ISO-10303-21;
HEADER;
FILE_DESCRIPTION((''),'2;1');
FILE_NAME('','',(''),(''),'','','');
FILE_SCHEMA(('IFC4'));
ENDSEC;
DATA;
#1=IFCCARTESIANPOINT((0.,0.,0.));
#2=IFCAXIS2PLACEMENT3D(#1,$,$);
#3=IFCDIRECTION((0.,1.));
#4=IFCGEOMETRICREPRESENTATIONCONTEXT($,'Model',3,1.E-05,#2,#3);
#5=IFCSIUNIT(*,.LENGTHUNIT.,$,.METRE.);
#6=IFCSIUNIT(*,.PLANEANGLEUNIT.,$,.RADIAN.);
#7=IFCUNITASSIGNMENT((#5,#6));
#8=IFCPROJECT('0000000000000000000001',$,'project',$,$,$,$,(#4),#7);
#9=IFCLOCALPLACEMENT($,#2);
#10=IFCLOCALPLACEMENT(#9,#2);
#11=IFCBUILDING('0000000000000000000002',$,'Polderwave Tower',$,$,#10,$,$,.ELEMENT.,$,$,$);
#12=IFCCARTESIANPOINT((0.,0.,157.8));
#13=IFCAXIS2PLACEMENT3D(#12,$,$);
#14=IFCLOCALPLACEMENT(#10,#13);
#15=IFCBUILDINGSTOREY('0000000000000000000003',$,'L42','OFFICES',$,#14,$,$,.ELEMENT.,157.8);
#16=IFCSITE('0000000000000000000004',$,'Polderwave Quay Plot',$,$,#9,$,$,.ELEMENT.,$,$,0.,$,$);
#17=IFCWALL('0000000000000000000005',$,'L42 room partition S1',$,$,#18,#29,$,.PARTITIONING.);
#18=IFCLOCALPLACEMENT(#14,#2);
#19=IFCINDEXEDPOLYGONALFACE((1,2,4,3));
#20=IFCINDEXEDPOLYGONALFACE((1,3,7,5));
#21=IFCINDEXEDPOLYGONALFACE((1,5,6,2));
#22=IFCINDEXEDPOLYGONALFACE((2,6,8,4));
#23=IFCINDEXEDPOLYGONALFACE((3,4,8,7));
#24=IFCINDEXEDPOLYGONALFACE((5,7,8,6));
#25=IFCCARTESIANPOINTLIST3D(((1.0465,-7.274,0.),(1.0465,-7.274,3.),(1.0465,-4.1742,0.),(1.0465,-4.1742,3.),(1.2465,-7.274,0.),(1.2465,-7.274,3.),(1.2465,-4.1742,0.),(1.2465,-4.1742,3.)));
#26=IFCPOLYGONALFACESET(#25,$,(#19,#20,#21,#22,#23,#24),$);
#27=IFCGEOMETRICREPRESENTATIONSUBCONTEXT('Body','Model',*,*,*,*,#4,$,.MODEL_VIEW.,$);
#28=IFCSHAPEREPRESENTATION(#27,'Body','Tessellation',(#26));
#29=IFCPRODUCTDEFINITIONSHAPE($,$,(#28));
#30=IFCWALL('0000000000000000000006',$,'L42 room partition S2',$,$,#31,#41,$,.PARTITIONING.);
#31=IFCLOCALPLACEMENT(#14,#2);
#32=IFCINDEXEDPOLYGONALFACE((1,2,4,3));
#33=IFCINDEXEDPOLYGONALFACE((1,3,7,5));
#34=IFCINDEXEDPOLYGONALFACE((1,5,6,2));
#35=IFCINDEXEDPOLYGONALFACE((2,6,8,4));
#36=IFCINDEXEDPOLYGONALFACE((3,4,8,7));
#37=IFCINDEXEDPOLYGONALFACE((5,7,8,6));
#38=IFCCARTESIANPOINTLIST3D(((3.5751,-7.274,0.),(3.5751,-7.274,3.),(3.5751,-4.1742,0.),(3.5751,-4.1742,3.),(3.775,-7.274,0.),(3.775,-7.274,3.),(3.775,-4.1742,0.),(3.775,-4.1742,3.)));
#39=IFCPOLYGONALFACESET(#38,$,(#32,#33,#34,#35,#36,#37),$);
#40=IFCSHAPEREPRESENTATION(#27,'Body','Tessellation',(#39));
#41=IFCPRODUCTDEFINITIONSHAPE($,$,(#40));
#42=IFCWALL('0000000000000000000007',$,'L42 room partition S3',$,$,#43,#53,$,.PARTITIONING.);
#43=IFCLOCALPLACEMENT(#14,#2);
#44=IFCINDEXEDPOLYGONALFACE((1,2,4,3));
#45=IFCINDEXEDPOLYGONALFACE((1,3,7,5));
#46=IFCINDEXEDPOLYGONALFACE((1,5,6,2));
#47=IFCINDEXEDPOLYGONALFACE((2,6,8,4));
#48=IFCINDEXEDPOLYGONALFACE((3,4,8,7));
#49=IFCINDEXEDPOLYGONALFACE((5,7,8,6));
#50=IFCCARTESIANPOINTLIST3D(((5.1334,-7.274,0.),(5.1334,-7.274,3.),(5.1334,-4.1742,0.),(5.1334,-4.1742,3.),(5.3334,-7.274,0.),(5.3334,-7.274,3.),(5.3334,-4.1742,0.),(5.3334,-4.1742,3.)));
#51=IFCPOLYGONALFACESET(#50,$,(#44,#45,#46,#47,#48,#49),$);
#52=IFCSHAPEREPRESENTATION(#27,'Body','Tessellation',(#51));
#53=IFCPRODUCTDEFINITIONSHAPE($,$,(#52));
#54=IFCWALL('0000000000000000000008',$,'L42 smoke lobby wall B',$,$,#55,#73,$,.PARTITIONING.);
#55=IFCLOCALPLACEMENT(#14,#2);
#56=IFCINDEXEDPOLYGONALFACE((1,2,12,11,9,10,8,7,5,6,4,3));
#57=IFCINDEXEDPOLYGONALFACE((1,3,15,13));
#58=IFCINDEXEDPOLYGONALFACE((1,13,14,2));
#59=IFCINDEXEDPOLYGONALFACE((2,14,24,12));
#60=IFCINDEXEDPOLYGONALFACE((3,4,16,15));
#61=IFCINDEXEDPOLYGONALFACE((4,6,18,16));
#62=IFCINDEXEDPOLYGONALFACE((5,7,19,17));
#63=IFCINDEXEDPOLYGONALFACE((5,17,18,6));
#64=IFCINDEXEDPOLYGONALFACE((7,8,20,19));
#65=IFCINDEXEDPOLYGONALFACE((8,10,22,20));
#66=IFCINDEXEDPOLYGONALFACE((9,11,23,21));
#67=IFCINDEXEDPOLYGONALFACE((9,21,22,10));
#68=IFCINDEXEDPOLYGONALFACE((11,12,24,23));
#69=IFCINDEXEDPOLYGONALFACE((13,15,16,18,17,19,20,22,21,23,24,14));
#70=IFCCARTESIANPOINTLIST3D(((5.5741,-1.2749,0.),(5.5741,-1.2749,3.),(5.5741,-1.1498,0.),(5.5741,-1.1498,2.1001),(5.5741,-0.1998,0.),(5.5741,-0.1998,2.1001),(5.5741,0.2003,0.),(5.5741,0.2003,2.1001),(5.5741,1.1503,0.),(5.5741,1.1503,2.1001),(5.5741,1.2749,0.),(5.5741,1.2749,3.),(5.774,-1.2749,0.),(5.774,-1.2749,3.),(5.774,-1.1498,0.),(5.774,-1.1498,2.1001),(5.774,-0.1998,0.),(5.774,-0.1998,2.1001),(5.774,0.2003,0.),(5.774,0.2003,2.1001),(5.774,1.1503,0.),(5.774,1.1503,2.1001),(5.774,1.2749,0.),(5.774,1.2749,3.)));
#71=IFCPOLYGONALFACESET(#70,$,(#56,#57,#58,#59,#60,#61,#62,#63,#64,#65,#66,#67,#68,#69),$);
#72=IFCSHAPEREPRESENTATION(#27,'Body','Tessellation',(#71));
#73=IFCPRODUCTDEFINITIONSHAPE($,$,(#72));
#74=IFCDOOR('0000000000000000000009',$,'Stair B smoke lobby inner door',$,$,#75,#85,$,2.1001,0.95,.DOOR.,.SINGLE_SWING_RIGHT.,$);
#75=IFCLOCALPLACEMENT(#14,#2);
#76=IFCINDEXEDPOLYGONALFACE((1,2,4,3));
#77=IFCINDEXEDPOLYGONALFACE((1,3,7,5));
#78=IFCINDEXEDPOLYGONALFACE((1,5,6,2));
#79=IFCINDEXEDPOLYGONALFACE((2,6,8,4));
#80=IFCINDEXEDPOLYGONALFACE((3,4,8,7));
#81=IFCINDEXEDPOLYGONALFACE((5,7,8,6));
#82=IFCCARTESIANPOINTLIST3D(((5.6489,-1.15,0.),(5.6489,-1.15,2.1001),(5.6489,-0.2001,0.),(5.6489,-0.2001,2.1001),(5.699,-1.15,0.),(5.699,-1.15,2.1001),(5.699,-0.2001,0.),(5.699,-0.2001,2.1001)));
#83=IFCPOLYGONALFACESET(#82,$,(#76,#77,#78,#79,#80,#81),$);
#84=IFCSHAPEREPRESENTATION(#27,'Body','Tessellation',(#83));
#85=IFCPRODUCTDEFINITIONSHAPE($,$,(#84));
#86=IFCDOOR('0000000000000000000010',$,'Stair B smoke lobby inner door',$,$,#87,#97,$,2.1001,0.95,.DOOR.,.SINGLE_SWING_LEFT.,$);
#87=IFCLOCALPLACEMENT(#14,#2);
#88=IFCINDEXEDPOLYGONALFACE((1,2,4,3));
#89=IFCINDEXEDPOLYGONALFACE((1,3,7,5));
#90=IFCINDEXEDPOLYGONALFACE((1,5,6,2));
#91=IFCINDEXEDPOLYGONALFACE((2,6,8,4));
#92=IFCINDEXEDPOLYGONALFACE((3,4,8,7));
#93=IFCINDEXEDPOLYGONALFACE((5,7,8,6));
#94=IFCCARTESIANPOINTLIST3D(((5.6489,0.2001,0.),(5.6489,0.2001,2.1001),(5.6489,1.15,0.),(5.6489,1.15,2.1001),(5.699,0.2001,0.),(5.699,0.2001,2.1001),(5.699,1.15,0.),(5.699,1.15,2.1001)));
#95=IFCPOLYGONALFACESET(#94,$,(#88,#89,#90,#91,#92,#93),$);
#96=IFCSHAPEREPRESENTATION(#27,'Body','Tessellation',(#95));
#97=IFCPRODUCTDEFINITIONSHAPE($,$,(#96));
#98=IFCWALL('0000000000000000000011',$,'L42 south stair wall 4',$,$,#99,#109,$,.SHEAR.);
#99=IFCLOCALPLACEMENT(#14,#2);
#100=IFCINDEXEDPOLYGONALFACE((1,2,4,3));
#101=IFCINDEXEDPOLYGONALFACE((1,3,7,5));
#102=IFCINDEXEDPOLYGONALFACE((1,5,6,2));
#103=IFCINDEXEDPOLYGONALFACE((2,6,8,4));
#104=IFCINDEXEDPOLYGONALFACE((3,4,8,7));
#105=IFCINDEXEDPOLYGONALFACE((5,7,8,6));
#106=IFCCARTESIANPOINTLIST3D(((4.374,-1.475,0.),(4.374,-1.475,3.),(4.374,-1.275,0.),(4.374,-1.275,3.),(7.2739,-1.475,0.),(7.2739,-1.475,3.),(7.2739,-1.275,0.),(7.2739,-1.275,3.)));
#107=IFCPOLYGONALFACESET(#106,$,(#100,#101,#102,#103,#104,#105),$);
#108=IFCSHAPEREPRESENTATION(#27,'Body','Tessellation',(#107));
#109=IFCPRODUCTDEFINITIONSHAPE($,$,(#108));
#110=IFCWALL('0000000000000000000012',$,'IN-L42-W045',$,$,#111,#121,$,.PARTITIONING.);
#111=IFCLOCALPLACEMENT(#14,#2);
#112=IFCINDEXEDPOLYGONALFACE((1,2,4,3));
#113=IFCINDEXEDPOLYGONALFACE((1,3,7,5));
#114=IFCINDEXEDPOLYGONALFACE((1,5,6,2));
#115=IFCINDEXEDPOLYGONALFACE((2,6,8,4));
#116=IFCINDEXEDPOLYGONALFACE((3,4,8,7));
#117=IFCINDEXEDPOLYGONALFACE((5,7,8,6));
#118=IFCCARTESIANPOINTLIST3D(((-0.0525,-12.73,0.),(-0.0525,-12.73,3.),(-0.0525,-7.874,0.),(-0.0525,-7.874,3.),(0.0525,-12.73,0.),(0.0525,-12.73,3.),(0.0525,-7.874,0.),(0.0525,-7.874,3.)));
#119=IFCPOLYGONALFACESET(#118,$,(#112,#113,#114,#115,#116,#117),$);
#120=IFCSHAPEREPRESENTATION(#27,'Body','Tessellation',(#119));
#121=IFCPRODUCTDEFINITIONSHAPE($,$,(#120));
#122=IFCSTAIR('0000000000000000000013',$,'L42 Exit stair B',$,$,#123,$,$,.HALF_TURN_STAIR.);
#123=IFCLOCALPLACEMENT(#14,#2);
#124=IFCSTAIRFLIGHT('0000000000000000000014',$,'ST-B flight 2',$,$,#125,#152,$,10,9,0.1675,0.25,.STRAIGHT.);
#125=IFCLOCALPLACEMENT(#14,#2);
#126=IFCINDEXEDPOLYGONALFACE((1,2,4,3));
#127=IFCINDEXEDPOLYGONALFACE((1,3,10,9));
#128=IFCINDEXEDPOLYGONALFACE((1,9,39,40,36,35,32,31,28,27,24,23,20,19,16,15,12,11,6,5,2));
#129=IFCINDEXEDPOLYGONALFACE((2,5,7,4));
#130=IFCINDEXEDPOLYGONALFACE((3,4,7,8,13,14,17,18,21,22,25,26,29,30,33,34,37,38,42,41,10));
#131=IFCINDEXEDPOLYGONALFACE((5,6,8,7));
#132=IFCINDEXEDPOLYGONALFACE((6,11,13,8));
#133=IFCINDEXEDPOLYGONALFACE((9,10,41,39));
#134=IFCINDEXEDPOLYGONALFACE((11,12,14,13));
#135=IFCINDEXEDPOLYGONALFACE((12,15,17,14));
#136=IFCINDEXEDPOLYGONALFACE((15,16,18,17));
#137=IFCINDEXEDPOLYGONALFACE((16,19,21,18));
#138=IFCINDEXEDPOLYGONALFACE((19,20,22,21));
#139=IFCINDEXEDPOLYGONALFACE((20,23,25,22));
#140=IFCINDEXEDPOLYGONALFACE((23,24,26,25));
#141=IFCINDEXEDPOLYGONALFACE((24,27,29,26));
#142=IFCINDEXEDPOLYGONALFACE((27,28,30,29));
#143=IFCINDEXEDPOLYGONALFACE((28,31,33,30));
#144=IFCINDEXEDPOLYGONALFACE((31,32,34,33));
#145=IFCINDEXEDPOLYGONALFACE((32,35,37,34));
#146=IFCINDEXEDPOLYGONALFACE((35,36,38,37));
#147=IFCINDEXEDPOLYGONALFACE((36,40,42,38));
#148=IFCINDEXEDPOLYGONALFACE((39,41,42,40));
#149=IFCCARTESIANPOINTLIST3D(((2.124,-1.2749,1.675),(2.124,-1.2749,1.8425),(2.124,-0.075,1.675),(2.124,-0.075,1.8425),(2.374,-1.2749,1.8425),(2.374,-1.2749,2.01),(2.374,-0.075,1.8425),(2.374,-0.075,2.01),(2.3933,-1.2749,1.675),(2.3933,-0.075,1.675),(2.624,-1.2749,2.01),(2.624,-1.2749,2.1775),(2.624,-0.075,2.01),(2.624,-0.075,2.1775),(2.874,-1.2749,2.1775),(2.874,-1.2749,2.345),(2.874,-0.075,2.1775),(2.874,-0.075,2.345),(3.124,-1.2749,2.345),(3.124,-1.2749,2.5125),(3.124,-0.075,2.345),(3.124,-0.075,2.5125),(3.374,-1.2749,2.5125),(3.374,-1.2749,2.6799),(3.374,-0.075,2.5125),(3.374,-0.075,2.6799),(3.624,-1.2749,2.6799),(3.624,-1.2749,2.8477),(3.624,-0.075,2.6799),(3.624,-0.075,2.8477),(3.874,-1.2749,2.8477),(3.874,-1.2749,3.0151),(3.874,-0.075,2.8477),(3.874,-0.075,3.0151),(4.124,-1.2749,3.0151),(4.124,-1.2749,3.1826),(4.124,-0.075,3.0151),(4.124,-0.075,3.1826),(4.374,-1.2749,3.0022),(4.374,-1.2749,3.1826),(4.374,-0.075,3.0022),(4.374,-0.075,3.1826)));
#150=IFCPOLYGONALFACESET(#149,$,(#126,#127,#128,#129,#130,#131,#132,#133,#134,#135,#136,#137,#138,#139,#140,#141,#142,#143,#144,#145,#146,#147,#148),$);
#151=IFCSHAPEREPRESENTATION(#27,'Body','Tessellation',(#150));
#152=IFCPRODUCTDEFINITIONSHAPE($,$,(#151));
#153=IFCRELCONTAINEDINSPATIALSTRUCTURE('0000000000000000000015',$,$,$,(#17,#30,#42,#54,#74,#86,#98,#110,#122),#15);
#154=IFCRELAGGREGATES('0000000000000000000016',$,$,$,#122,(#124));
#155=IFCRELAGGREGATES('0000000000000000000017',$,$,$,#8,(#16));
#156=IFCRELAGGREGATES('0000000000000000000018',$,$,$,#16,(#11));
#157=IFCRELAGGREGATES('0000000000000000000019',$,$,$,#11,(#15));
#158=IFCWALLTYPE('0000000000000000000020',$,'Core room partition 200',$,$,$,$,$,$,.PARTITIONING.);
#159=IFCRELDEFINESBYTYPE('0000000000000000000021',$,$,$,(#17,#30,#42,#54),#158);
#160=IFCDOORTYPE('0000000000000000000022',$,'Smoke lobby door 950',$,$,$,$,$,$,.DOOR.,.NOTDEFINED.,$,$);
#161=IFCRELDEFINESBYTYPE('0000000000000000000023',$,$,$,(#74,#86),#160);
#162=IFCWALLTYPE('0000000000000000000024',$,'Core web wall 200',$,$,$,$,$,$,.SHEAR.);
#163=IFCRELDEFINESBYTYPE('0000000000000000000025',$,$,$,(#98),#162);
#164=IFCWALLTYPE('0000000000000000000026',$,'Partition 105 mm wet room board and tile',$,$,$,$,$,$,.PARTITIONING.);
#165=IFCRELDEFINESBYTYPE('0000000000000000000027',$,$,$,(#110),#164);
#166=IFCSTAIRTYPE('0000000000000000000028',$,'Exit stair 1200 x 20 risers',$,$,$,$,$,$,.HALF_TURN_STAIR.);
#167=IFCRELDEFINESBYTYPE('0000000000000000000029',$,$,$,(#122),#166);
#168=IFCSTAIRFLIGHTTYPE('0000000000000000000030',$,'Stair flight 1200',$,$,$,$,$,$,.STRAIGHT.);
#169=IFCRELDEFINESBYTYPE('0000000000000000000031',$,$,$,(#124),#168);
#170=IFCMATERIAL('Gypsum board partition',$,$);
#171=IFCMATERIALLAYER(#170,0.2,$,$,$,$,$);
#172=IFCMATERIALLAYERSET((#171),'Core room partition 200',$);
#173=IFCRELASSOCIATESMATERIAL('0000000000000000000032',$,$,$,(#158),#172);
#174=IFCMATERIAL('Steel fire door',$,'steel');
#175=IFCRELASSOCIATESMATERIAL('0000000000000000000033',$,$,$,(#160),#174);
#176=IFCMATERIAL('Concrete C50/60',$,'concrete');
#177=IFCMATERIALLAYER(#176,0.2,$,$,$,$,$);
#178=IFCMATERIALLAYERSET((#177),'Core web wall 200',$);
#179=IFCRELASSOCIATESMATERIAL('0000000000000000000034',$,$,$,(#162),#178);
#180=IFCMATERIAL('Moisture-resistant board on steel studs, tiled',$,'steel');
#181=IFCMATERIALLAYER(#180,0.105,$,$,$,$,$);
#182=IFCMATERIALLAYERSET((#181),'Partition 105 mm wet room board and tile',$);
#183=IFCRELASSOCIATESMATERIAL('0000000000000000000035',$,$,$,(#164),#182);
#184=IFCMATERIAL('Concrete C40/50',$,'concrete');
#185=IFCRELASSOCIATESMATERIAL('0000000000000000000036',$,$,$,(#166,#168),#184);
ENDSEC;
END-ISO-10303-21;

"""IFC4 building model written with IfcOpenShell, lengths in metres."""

from ifc_helpers import new_model, si_unit, direction, frame, frame_2d, origin, place, context, subcontext, project, spatial, polyline, rectangle, outline, extrude, material, layer, layer_set, type_object, element, fill, aggregate, save


model = new_model("IFC4")

# Units and contexts
model_context = context("Model", 3, precision=1e-05, world=origin(), true_north=direction((0.0, 1.0)))
body_context = subcontext(model_context, "Body", "Model", "MODEL_VIEW")
ifc_project = project(units=[si_unit("LENGTHUNIT", "METRE"), si_unit("PLANEANGLEUNIT", "RADIAN")], contexts=[model_context])

# Site, building, storey
site_placement = place(None, origin())
site = spatial("IfcSite", under=ifc_project, at=site_placement, Name="Polderwave Quay Plot", CompositionType="ELEMENT", RefElevation=0.0)
building_placement = place(site_placement, origin())
building = spatial("IfcBuilding", under=site, at=building_placement, Name="Polderwave Tower", CompositionType="ELEMENT")
storey_placement = place(building_placement, frame((0.0, 0.0, 157.8)))
storey = spatial("IfcBuildingStorey", under=building, at=storey_placement, Name="L42", Description="OFFICES", CompositionType="ELEMENT", Elevation=157.8)

# Walls
ifc_material_1 = material(Name="Gypsum board partition")
ifc_layer_1 = layer(ifc_material_1, 0.2)
ifc_layer_set_1 = layer_set([ifc_layer_1], Name="Core room partition 200")
wall_type_1 = type_object("IfcWallType", Name="Core room partition 200", PredefinedType="PARTITIONING", material=ifc_layer_set_1)
for number, where, z_axis, x_axis, name in (
    (1, (1.1465, -7.2739, 0.0), (0.0, 0.0, 1.0), (0.0, 1.0, 0.0), "L42 room partition S1"),
    (2, (3.675, -7.2739, 0.0), (0.0, 0.0, 1.0), (0.0, 1.0, 0.0), "L42 room partition S2"),
    (3, (5.2334, -7.2739, 0.0), (0.0, 0.0, 1.0), (0.0, 1.0, 0.0), "L42 room partition S3"),
):
    element("IfcWall", number, at=place(storey_placement, frame(where, z_axis=z_axis, x_axis=x_axis)), inside=storey, type_object=wall_type_1, Name=name, PredefinedType="PARTITIONING", context=body_context, shape_type="SweptSolid", body=[
        extrude(rectangle(XDim=3.0999, YDim=0.2, at=frame_2d((1.5498, 0.0))), origin(), (0.0, 0.0, 1.0), 3.0),
    ])

# Wall, openings, doors
wall_1_placement = place(storey_placement, frame((5.6741, -1.2749, 0.0), z_axis=(0.0, 0.0, 1.0), x_axis=(0.0, 1.0, 0.0)))
wall_1 = element("IfcWall", 4, at=wall_1_placement, inside=storey, type_object=wall_type_1, Name="L42 smoke lobby wall B", PredefinedType="PARTITIONING", context=body_context, shape_type="SweptSolid", body=[
    extrude(rectangle(XDim=2.5498, YDim=0.2, at=frame_2d((1.2749, 0.0))), origin(), (0.0, 0.0, 1.0), 3.0),
])
opening_1_placement = place(wall_1_placement, frame((0.125, 0.0, 0.0)))
opening_1 = element("IfcOpeningElement", 5, at=opening_1_placement, cuts=wall_1, PredefinedType="OPENING", context=body_context, shape_type="SweptSolid", body=[
    extrude(rectangle(XDim=0.95, YDim=2.1001, at=frame_2d((0.4751, 1.05))), frame((0.0, 0.1099, 0.0), z_axis=(0.0, -1.0, 0.0), x_axis=(1.0, 0.0, 0.0)), (0.0, 0.0, 1.0), 0.22),
])
opening_2_placement = place(wall_1_placement, frame((1.4751, 0.0, 0.0)))
opening_2 = element("IfcOpeningElement", 6, at=opening_2_placement, cuts=wall_1, PredefinedType="OPENING", context=body_context, shape_type="SweptSolid", body=[
    extrude(rectangle(XDim=0.95, YDim=2.1001, at=frame_2d((0.4751, 1.05))), frame((0.0, 0.1099, 0.0), z_axis=(0.0, -1.0, 0.0), x_axis=(1.0, 0.0, 0.0)), (0.0, 0.0, 1.0), 0.22),
])
ifc_material_2 = material(Name="Steel fire door", Category="steel")
door_type = type_object("IfcDoorType", Name="Smoke lobby door 950", OperationType="NOTDEFINED", PredefinedType="DOOR", material=ifc_material_2)
door_1_placement = place(opening_1_placement, frame((0.95, 0.0, 0.0), z_axis=(0.0, 0.0, 1.0), x_axis=(-1.0, 0.0, 0.0)))
door_1 = element("IfcDoor", 7, at=door_1_placement, inside=storey, type_object=door_type, Name="Stair B smoke lobby inner door", OperationType="SINGLE_SWING_RIGHT", OverallHeight=2.1001, OverallWidth=0.95, PredefinedType="DOOR", context=body_context, shape_type="SweptSolid", body=[
    extrude(rectangle(XDim=0.95, YDim=2.1001, at=frame_2d((0.4751, 1.05))), frame((0.0, 0.0249, 0.0), z_axis=(0.0, -1.0, 0.0), x_axis=(1.0, 0.0, 0.0)), (0.0, 0.0, 1.0), 0.05),
])
fill(opening_1, door_1)
door_2_placement = place(opening_2_placement, frame((0.95, 0.0, 0.0), z_axis=(0.0, 0.0, 1.0), x_axis=(-1.0, 0.0, 0.0)))
door_2 = element("IfcDoor", 8, at=door_2_placement, inside=storey, type_object=door_type, Name="Stair B smoke lobby inner door", OperationType="SINGLE_SWING_LEFT", OverallHeight=2.1001, OverallWidth=0.95, PredefinedType="DOOR", context=body_context, shape_type="SweptSolid", body=[
    extrude(rectangle(XDim=0.95, YDim=2.1001, at=frame_2d((0.4751, 1.05))), frame((0.0, 0.0249, 0.0), z_axis=(0.0, -1.0, 0.0), x_axis=(1.0, 0.0, 0.0)), (0.0, 0.0, 1.0), 0.05),
])
fill(opening_2, door_2)

# Walls
ifc_material_3 = material(Name="Concrete C50/60", Category="concrete")
ifc_layer_2 = layer(ifc_material_3, 0.2)
ifc_layer_set_2 = layer_set([ifc_layer_2], Name="Core web wall 200")
wall_type_2 = type_object("IfcWallType", Name="Core web wall 200", PredefinedType="SHEAR", material=ifc_layer_set_2)
wall_2_placement = place(storey_placement, frame((4.374, -1.375, 0.0), z_axis=(0.0, 0.0, 1.0), x_axis=(1.0, 0.0, 0.0)))
element("IfcWall", 9, at=wall_2_placement, inside=storey, type_object=wall_type_2, Name="L42 south stair wall 4", PredefinedType="SHEAR", context=body_context, shape_type="SweptSolid", body=[
    extrude(rectangle(XDim=2.8999, YDim=0.2, at=frame_2d((1.45, 0.0))), origin(), (0.0, 0.0, 1.0), 3.0),
])
ifc_material_4 = material(Name="Moisture-resistant board on steel studs, tiled", Category="steel")
ifc_layer_3 = layer(ifc_material_4, 0.105)
ifc_layer_set_3 = layer_set([ifc_layer_3], Name="Partition 105 mm wet room board and tile")
wall_type_3 = type_object("IfcWallType", Name="Partition 105 mm wet room board and tile", PredefinedType="PARTITIONING", material=ifc_layer_set_3)
wall_3_placement = place(storey_placement, frame((0.0, -7.874, 0.0), z_axis=(0.0, 0.0, 1.0), x_axis=(0.0, -1.0, 0.0)))
element("IfcWall", 10, at=wall_3_placement, inside=storey, type_object=wall_type_3, Name="IN-L42-W045", PredefinedType="PARTITIONING", context=body_context, shape_type="SweptSolid", body=[
    extrude(rectangle(XDim=4.856, YDim=0.105, at=frame_2d((2.428, 0.0))), origin(), (0.0, 0.0, 1.0), 3.0),
])

# Stair, stair flight
ifc_material_5 = material(Name="Concrete C40/50", Category="concrete")
stair_type = type_object("IfcStairType", Name="Exit stair 1200 x 20 risers", PredefinedType="HALF_TURN_STAIR", material=ifc_material_5)
stair_placement = place(storey_placement, origin())
stair = element("IfcStair", 11, at=stair_placement, inside=storey, type_object=stair_type, Name="L42 Exit stair B", PredefinedType="HALF_TURN_STAIR")
stair_flight_type = type_object("IfcStairFlightType", Name="Stair flight 1200", PredefinedType="STRAIGHT", material=ifc_material_5)
stair_flight_placement = place(storey_placement, frame((2.124, -0.675, 1.675), z_axis=(0.0, 0.0, 1.0), x_axis=(1.0, 0.0, 0.0)))
stair_flight = element("IfcStairFlight", 12, at=stair_flight_placement, type_object=stair_flight_type, Name="ST-B flight 2", NumberOfRisers=10, NumberOfTreads=9, PredefinedType="STRAIGHT", RiserHeight=0.1675, TreadLength=0.25, context=body_context, shape_type="SweptSolid", body=[
    extrude(outline(polyline([(0.0, 0.0), (0.0, 0.1675), (0.25, 0.1675), (0.25, 0.335), (0.5, 0.335), (0.5, 0.5024), (0.75, 0.5024), (0.75, 0.6699), (1.0, 0.6699), (1.0, 0.8374), (1.25, 0.8374), (1.25, 1.0049), (1.5, 1.0049), (1.5, 1.1726), (1.75, 1.1726), (1.75, 1.3401), (2.0, 1.3401), (2.0, 1.5076), (2.25, 1.5076), (2.25, 1.675), (2.25, 1.3271), (0.2693, 0.0), (0.0, 0.0)])), frame((0.0, 0.6001, 0.0), z_axis=(0.0, -1.0, 0.0), x_axis=(1.0, 0.0, 0.0)), (0.0, 0.0, 1.0), 1.2),
])
aggregate(stair, [stair_flight])

save(model, "model.ifc")
